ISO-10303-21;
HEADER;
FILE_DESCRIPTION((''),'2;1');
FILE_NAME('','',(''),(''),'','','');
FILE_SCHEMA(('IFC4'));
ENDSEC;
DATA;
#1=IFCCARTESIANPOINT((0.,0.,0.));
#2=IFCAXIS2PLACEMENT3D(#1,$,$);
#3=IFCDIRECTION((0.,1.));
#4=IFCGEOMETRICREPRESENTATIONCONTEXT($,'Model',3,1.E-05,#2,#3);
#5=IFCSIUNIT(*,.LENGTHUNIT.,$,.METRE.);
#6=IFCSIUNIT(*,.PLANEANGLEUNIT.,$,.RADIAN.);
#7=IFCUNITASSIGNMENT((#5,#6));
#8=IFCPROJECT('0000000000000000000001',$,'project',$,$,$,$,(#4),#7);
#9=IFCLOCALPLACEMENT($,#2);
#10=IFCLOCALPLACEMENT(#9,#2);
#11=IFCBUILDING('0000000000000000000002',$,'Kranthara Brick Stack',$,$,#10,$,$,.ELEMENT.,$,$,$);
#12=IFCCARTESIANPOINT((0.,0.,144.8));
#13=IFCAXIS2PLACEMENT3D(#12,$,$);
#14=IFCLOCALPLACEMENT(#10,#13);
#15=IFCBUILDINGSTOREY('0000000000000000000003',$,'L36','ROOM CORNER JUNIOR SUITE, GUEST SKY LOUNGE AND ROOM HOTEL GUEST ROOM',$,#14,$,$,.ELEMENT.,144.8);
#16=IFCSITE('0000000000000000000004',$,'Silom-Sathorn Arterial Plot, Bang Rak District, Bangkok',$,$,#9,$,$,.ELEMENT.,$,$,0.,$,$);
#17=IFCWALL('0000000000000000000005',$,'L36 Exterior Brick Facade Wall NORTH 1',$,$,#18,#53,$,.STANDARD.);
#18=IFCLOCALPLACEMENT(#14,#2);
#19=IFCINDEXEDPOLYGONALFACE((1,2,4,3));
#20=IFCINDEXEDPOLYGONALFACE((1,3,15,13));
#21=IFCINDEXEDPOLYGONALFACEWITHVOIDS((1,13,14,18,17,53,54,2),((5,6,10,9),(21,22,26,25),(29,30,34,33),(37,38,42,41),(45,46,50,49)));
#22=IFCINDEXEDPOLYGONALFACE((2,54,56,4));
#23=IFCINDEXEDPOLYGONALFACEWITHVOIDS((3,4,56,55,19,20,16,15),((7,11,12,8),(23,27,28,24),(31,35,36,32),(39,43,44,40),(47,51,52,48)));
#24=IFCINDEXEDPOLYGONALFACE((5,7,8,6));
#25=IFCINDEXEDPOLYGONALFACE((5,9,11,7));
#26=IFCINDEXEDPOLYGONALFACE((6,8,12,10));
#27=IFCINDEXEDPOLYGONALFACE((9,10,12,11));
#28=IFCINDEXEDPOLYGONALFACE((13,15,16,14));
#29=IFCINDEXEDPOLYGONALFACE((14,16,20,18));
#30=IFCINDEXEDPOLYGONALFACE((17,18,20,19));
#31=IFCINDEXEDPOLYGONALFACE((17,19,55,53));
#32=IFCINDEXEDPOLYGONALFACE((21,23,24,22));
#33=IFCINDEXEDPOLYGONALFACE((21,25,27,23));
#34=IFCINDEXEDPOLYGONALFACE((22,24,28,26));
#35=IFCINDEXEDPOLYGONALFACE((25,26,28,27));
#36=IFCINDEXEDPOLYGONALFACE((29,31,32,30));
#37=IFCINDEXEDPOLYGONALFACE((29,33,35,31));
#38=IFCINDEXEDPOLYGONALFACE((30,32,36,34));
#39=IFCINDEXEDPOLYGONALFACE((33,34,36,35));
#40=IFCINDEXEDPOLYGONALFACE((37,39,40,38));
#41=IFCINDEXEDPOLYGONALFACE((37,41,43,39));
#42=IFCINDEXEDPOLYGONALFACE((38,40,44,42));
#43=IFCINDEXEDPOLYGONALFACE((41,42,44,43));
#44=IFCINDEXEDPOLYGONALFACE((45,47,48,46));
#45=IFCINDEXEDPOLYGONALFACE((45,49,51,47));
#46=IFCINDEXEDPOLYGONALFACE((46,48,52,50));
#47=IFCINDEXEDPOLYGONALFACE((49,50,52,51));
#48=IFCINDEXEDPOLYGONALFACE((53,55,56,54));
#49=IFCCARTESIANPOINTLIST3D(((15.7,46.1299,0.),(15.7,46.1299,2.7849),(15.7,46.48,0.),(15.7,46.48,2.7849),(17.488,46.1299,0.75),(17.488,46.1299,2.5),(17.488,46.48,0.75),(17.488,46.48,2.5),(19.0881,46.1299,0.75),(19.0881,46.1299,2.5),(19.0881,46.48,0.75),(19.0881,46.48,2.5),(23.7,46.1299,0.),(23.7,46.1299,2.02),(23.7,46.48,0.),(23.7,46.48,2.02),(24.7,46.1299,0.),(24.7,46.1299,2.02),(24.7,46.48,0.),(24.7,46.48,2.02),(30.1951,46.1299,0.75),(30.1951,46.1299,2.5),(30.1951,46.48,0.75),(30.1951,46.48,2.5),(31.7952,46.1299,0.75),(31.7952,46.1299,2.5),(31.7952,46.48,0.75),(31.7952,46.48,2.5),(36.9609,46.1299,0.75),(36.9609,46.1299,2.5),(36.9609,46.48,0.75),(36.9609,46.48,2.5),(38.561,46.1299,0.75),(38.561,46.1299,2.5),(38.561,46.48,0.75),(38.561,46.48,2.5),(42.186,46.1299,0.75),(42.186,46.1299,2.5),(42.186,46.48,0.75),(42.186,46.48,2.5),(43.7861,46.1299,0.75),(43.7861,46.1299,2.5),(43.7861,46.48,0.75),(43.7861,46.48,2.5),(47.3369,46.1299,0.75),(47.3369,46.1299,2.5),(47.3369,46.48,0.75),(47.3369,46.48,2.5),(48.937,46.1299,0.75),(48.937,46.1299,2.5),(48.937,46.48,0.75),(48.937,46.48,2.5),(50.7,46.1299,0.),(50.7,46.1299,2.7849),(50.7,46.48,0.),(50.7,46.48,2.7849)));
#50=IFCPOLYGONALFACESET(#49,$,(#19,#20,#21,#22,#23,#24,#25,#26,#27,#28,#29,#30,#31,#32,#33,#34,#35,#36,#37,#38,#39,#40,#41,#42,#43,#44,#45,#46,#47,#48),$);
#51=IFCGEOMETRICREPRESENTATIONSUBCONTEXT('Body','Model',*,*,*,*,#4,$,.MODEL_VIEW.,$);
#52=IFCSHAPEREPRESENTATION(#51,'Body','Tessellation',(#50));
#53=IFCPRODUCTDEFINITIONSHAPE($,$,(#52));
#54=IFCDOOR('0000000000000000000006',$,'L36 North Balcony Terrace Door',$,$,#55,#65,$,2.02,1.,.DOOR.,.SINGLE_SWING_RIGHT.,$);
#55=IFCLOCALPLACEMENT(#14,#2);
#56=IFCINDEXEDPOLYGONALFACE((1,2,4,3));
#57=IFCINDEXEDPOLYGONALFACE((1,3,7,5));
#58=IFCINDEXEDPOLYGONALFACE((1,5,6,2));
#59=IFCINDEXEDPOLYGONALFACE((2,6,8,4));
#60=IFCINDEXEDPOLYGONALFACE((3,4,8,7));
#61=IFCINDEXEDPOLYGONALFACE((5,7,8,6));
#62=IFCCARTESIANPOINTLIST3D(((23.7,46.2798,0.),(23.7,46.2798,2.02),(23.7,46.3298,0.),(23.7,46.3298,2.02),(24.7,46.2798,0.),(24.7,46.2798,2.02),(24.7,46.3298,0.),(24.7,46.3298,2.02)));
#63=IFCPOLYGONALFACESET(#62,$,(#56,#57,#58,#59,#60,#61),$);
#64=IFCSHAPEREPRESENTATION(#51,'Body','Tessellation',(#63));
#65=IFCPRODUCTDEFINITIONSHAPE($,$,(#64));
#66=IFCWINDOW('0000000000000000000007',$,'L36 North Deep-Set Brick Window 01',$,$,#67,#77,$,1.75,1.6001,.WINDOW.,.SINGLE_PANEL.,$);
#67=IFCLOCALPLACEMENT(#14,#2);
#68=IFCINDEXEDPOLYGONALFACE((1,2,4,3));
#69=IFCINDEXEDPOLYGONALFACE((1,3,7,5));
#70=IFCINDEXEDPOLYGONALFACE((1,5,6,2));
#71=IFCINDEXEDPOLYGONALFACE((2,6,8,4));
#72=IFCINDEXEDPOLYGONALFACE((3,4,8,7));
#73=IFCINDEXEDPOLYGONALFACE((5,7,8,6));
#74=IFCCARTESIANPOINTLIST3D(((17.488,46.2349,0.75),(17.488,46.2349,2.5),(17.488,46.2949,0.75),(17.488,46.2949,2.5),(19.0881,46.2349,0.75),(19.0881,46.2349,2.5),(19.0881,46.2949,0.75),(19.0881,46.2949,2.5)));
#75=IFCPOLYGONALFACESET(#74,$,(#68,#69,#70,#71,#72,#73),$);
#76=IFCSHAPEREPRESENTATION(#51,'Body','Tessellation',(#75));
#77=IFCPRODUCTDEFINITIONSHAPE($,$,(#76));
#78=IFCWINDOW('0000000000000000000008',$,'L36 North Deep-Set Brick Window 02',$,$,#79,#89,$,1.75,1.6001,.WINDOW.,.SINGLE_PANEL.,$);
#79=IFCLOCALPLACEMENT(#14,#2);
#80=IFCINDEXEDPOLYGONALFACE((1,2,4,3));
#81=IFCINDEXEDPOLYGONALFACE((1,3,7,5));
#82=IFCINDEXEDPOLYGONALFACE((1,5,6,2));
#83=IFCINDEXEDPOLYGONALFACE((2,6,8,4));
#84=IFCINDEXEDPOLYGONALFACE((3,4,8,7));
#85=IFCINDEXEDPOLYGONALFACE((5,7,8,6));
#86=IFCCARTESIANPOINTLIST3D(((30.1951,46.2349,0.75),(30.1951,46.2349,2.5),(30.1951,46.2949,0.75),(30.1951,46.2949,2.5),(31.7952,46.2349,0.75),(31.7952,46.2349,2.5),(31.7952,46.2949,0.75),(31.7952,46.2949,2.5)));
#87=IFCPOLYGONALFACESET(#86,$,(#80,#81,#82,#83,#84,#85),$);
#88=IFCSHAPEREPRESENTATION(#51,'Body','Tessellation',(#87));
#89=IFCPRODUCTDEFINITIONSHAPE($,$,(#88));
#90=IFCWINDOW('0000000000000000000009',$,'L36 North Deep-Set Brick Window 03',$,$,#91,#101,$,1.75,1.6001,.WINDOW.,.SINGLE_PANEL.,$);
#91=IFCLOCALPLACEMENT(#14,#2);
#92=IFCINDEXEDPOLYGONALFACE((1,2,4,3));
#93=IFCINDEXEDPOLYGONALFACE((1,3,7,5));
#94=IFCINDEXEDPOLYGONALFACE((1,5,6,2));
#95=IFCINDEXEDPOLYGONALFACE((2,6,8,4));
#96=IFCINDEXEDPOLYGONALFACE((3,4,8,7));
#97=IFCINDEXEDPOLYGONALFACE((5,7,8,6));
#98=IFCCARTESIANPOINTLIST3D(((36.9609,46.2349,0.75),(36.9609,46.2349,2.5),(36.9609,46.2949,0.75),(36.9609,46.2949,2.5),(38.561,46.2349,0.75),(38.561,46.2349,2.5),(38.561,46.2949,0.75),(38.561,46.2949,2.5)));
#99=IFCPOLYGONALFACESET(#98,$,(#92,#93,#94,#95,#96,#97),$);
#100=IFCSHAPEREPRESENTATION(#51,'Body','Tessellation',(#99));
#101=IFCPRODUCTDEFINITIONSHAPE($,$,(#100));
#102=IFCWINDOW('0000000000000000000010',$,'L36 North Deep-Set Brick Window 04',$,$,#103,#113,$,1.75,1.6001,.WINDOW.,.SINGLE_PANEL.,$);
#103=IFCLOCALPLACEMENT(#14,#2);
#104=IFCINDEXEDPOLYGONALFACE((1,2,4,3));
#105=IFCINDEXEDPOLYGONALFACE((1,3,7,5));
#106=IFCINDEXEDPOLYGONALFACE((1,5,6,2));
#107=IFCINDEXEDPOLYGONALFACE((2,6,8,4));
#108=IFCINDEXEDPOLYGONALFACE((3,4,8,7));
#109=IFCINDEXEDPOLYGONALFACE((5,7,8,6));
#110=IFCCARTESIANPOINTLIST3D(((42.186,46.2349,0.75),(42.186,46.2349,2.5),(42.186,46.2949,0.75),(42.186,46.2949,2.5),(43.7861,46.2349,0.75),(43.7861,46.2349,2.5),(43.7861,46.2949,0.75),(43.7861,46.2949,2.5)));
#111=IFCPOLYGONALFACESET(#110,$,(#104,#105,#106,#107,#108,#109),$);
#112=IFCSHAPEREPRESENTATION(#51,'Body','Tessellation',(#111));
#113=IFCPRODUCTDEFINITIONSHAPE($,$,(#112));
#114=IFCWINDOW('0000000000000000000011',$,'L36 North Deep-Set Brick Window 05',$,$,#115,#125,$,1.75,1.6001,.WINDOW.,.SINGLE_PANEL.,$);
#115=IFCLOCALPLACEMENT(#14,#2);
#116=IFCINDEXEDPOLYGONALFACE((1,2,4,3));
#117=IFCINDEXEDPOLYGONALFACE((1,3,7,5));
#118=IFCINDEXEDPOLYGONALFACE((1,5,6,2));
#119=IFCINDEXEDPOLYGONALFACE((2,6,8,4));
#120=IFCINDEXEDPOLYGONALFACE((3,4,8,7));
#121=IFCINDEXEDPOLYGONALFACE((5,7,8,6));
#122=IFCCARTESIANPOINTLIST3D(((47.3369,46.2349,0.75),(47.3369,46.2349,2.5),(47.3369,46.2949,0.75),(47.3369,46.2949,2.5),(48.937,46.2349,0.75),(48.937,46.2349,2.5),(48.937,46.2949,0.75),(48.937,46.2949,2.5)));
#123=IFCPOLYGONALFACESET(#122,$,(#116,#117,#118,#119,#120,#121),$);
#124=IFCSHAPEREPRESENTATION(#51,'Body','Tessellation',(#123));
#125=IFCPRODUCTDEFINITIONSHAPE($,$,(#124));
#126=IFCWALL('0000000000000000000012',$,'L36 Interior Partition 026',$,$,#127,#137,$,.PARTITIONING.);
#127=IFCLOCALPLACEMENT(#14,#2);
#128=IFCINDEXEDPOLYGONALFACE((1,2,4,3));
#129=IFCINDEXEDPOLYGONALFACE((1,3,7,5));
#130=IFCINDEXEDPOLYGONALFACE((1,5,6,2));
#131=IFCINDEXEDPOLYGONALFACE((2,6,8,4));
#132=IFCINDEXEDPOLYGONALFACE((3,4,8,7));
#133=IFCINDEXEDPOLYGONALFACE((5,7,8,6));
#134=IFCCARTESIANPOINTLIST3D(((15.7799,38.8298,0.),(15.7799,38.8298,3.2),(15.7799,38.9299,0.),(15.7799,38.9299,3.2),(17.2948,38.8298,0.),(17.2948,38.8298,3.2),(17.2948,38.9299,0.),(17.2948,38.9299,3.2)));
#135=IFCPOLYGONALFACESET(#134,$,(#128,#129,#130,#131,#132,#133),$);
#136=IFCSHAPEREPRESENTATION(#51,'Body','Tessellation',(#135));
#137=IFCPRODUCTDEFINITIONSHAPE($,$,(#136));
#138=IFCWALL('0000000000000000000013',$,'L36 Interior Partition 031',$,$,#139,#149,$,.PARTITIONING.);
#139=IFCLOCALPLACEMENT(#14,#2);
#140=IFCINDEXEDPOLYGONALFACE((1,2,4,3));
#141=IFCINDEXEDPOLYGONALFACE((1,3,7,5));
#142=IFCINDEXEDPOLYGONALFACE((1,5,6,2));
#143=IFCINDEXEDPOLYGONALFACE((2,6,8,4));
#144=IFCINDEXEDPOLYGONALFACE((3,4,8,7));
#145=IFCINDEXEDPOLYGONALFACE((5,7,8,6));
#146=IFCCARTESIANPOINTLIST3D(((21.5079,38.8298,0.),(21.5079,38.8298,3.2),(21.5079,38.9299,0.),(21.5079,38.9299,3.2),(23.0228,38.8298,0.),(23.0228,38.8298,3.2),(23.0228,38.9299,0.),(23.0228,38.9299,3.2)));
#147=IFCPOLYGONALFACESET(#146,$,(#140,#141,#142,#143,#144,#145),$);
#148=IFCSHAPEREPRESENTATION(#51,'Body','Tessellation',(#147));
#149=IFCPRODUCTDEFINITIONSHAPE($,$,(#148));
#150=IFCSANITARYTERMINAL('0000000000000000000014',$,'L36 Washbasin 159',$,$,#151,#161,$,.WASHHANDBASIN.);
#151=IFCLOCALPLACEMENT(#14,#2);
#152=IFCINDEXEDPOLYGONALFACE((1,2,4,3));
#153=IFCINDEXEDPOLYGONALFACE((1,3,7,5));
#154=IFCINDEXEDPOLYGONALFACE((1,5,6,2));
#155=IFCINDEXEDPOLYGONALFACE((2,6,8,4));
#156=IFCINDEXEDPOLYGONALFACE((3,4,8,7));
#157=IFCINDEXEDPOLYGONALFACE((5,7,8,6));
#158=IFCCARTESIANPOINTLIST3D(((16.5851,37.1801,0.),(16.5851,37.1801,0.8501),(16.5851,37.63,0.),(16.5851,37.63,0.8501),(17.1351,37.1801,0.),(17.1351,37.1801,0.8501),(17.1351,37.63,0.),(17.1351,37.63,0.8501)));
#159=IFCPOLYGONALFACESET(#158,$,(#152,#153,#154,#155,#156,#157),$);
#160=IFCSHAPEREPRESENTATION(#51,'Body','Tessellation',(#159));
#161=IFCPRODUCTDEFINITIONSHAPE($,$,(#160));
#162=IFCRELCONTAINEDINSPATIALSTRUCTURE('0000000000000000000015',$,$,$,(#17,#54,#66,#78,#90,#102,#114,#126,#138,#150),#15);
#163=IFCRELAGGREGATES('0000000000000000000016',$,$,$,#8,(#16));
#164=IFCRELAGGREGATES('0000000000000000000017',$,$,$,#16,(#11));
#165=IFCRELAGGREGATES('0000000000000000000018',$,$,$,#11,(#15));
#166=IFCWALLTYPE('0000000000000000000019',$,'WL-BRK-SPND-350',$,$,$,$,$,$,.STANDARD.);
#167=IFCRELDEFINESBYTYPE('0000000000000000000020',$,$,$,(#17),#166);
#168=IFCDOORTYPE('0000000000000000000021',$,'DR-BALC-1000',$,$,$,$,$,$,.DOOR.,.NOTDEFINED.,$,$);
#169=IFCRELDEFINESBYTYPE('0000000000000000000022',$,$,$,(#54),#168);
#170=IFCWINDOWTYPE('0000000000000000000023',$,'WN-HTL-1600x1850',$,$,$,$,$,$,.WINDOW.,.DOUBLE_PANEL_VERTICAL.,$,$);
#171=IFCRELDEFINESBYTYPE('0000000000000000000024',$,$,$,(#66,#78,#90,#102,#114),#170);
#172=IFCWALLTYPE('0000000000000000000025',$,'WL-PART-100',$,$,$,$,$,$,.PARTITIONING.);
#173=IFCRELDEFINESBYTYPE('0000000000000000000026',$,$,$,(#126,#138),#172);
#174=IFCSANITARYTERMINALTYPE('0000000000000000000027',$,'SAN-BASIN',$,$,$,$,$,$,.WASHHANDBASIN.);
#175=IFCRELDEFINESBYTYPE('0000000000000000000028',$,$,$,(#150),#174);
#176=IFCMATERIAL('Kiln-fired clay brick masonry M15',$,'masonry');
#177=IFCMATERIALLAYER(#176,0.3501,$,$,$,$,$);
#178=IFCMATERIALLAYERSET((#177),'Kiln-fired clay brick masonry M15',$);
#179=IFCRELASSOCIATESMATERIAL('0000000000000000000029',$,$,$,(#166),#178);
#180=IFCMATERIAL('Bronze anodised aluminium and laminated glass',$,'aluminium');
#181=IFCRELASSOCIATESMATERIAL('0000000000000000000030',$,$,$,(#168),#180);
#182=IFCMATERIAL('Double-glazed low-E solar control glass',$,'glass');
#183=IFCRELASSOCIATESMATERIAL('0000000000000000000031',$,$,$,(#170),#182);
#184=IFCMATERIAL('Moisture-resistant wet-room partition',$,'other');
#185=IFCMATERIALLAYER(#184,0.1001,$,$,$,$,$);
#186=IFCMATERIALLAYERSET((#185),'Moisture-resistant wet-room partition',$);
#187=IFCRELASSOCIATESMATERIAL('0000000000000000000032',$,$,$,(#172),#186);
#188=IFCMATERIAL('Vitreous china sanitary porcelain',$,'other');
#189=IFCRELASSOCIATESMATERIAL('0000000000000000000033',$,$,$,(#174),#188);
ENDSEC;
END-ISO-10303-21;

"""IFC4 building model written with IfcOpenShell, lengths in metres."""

from ifc_helpers import new_model, si_unit, direction, frame, frame_2d, origin, origin_2d, place, context, subcontext, project, spatial, rectangle, extrude, material, layer, layer_set, type_object, element, fill, save


model = new_model("IFC4")

# Units and contexts
model_context = context("Model", 3, precision=1e-05, world=origin(), true_north=direction((0.0, 1.0)))
body_context = subcontext(model_context, "Body", "Model", "MODEL_VIEW")
ifc_project = project(units=[si_unit("LENGTHUNIT", "METRE"), si_unit("PLANEANGLEUNIT", "RADIAN")], contexts=[model_context])

# Site, building, storey
site_placement = place(None, origin())
site = spatial("IfcSite", under=ifc_project, at=site_placement, Name="Silom-Sathorn Arterial Plot, Bang Rak District, Bangkok", CompositionType="ELEMENT", RefElevation=0.0)
building_placement = place(site_placement, origin())
building = spatial("IfcBuilding", under=site, at=building_placement, Name="Kranthara Brick Stack", CompositionType="ELEMENT")
storey_placement = place(building_placement, frame((0.0, 0.0, 144.8)))
storey = spatial("IfcBuildingStorey", under=building, at=storey_placement, Name="L36", Description="ROOM CORNER JUNIOR SUITE, GUEST SKY LOUNGE AND ROOM HOTEL GUEST ROOM", CompositionType="ELEMENT", Elevation=144.8)

# Shared definitions
ifc_material_1 = material(Name="Kiln-fired clay brick masonry M15", Category="masonry")
ifc_layer_1 = layer(ifc_material_1, 0.3501)
ifc_layer_set_1 = layer_set([ifc_layer_1], Name="Kiln-fired clay brick masonry M15")
wall_type_1 = type_object("IfcWallType", Name="WL-BRK-SPND-350", PredefinedType="STANDARD", material=ifc_layer_set_1)

# Wall, openings, door, windows
wall_1_placement = place(storey_placement, frame((15.7, 46.3049, 0.0), z_axis=(0.0, 0.0, 1.0), x_axis=(1.0, 0.0, 0.0)))
wall_1 = element("IfcWall", 1, at=wall_1_placement, inside=storey, type_object=wall_type_1, Name="L36 Exterior Brick Facade Wall NORTH 1", PredefinedType="STANDARD", context=body_context, shape_type="SweptSolid", body=[
    extrude(rectangle(XDim=35.0, YDim=0.3501, at=frame_2d((17.5, 0.0))), origin(), (0.0, 0.0, 1.0), 2.7849),
])
opening_1_placement = place(wall_1_placement, frame((8.0, 0.0, 0.0)))
opening_1 = element("IfcOpeningElement", 2, at=opening_1_placement, cuts=wall_1, PredefinedType="OPENING", context=body_context, shape_type="SweptSolid", body=[
    extrude(rectangle(XDim=1.0, YDim=2.02, at=frame_2d((0.5, 1.01))), frame((0.0, 0.1851, 0.0), z_axis=(0.0, -1.0, 0.0), x_axis=(1.0, 0.0, 0.0)), (0.0, 0.0, 1.0), 0.3701),
])
opening_2_placement = place(wall_1_placement, frame((1.7881, 0.0, 0.75)))
opening_2 = element("IfcOpeningElement", 3, at=opening_2_placement, cuts=wall_1, PredefinedType="OPENING", context=body_context, shape_type="SweptSolid", body=[
    extrude(rectangle(XDim=1.6001, YDim=1.75, at=frame_2d((0.8, 0.875))), frame((0.0, 0.1851, 0.0), z_axis=(0.0, -1.0, 0.0), x_axis=(1.0, 0.0, 0.0)), (0.0, 0.0, 1.0), 0.3701),
])
opening_3_placement = place(wall_1_placement, frame((14.4951, 0.0, 0.75)))
opening_3 = element("IfcOpeningElement", 4, at=opening_3_placement, cuts=wall_1, PredefinedType="OPENING", context=body_context, shape_type="SweptSolid", body=[
    extrude(rectangle(XDim=1.6001, YDim=1.75, at=frame_2d((0.8, 0.875))), frame((0.0, 0.1851, 0.0), z_axis=(0.0, -1.0, 0.0), x_axis=(1.0, 0.0, 0.0)), (0.0, 0.0, 1.0), 0.3701),
])
opening_4_placement = place(wall_1_placement, frame((21.261, 0.0, 0.75)))
opening_4 = element("IfcOpeningElement", 5, at=opening_4_placement, cuts=wall_1, PredefinedType="OPENING", context=body_context, shape_type="SweptSolid", body=[
    extrude(rectangle(XDim=1.6001, YDim=1.75, at=frame_2d((0.8, 0.875))), frame((0.0, 0.1851, 0.0), z_axis=(0.0, -1.0, 0.0), x_axis=(1.0, 0.0, 0.0)), (0.0, 0.0, 1.0), 0.3701),
])
opening_5_placement = place(wall_1_placement, frame((26.4861, 0.0, 0.75)))
opening_5 = element("IfcOpeningElement", 6, at=opening_5_placement, cuts=wall_1, PredefinedType="OPENING", context=body_context, shape_type="SweptSolid", body=[
    extrude(rectangle(XDim=1.6001, YDim=1.75, at=frame_2d((0.8, 0.875))), frame((0.0, 0.1851, 0.0), z_axis=(0.0, -1.0, 0.0), x_axis=(1.0, 0.0, 0.0)), (0.0, 0.0, 1.0), 0.3701),
])
opening_6_placement = place(wall_1_placement, frame((31.637, 0.0, 0.75)))
opening_6 = element("IfcOpeningElement", 7, at=opening_6_placement, cuts=wall_1, PredefinedType="OPENING", context=body_context, shape_type="SweptSolid", body=[
    extrude(rectangle(XDim=1.6001, YDim=1.75, at=frame_2d((0.8, 0.875))), frame((0.0, 0.1851, 0.0), z_axis=(0.0, -1.0, 0.0), x_axis=(1.0, 0.0, 0.0)), (0.0, 0.0, 1.0), 0.3701),
])
ifc_material_2 = material(Name="Bronze anodised aluminium and laminated glass", Category="aluminium")
door_type = type_object("IfcDoorType", Name="DR-BALC-1000", OperationType="NOTDEFINED", PredefinedType="DOOR", material=ifc_material_2)
door_placement = place(opening_1_placement, origin())
door = element("IfcDoor", 8, at=door_placement, inside=storey, type_object=door_type, Name="L36 North Balcony Terrace Door", OperationType="SINGLE_SWING_RIGHT", OverallHeight=2.02, OverallWidth=1.0, PredefinedType="DOOR", context=body_context, shape_type="SweptSolid", body=[
    extrude(rectangle(XDim=1.0, YDim=2.02, at=frame_2d((0.5, 1.01))), frame((0.0, 0.0249, 0.0), z_axis=(0.0, -1.0, 0.0), x_axis=(1.0, 0.0, 0.0)), (0.0, 0.0, 1.0), 0.05),
])
fill(opening_1, door)
ifc_material_3 = material(Name="Double-glazed low-E solar control glass", Category="glass")
window_type_1 = type_object("IfcWindowType", Name="WN-HTL-1600x1850", PartitioningType="DOUBLE_PANEL_VERTICAL", PredefinedType="WINDOW", material=ifc_material_3)
window_1_placement = place(opening_2_placement, origin())
window_1 = element("IfcWindow", 9, at=window_1_placement, inside=storey, type_object=window_type_1, Name="L36 North Deep-Set Brick Window 01", OverallHeight=1.75, OverallWidth=1.6001, PartitioningType="SINGLE_PANEL", PredefinedType="WINDOW", context=body_context, shape_type="SweptSolid", body=[
    extrude(rectangle(XDim=1.6001, YDim=1.75, at=frame_2d((0.8, 0.875))), frame((0.0, -0.01, 0.0), z_axis=(0.0, -1.0, 0.0), x_axis=(1.0, 0.0, 0.0)), (0.0, 0.0, 1.0), 0.0601),
])
fill(opening_2, window_1)
window_2_placement = place(opening_3_placement, origin())
window_2 = element("IfcWindow", 10, at=window_2_placement, inside=storey, type_object=window_type_1, Name="L36 North Deep-Set Brick Window 02", OverallHeight=1.75, OverallWidth=1.6001, PartitioningType="SINGLE_PANEL", PredefinedType="WINDOW", context=body_context, shape_type="SweptSolid", body=[
    extrude(rectangle(XDim=1.6001, YDim=1.75, at=frame_2d((0.8, 0.875))), frame((0.0, -0.01, 0.0), z_axis=(0.0, -1.0, 0.0), x_axis=(1.0, 0.0, 0.0)), (0.0, 0.0, 1.0), 0.0601),
])
fill(opening_3, window_2)
window_3_placement = place(opening_4_placement, origin())
window_3 = element("IfcWindow", 11, at=window_3_placement, inside=storey, type_object=window_type_1, Name="L36 North Deep-Set Brick Window 03", OverallHeight=1.75, OverallWidth=1.6001, PartitioningType="SINGLE_PANEL", PredefinedType="WINDOW", context=body_context, shape_type="SweptSolid", body=[
    extrude(rectangle(XDim=1.6001, YDim=1.75, at=frame_2d((0.8, 0.875))), frame((0.0, -0.01, 0.0), z_axis=(0.0, -1.0, 0.0), x_axis=(1.0, 0.0, 0.0)), (0.0, 0.0, 1.0), 0.0601),
])
fill(opening_4, window_3)
window_4_placement = place(opening_5_placement, origin())
window_4 = element("IfcWindow", 12, at=window_4_placement, inside=storey, type_object=window_type_1, Name="L36 North Deep-Set Brick Window 04", OverallHeight=1.75, OverallWidth=1.6001, PartitioningType="SINGLE_PANEL", PredefinedType="WINDOW", context=body_context, shape_type="SweptSolid", body=[
    extrude(rectangle(XDim=1.6001, YDim=1.75, at=frame_2d((0.8, 0.875))), frame((0.0, -0.01, 0.0), z_axis=(0.0, -1.0, 0.0), x_axis=(1.0, 0.0, 0.0)), (0.0, 0.0, 1.0), 0.0601),
])
fill(opening_5, window_4)
window_5_placement = place(opening_6_placement, origin())
window_5 = element("IfcWindow", 13, at=window_5_placement, inside=storey, type_object=window_type_1, Name="L36 North Deep-Set Brick Window 05", OverallHeight=1.75, OverallWidth=1.6001, PartitioningType="SINGLE_PANEL", PredefinedType="WINDOW", context=body_context, shape_type="SweptSolid", body=[
    extrude(rectangle(XDim=1.6001, YDim=1.75, at=frame_2d((0.8, 0.875))), frame((0.0, -0.01, 0.0), z_axis=(0.0, -1.0, 0.0), x_axis=(1.0, 0.0, 0.0)), (0.0, 0.0, 1.0), 0.0601),
])
fill(opening_6, window_5)

# Walls
ifc_material_4 = material(Name="Moisture-resistant wet-room partition", Category="other")
ifc_layer_2 = layer(ifc_material_4, 0.1001)
ifc_layer_set_2 = layer_set([ifc_layer_2], Name="Moisture-resistant wet-room partition")
wall_type_2 = type_object("IfcWallType", Name="WL-PART-100", PredefinedType="PARTITIONING", material=ifc_layer_set_2)
for number, where, z_axis, x_axis, name in (
    (14, (15.78, 38.8799, 0.0), (0.0, 0.0, 1.0), (1.0, 0.0, 0.0), "L36 Interior Partition 026"),
    (15, (21.5081, 38.8799, 0.0), (0.0, 0.0, 1.0), (1.0, 0.0, 0.0), "L36 Interior Partition 031"),
):
    element("IfcWall", number, at=place(storey_placement, frame(where, z_axis=z_axis, x_axis=x_axis)), inside=storey, type_object=wall_type_2, Name=name, PredefinedType="PARTITIONING", context=body_context, shape_type="SweptSolid", body=[
        extrude(rectangle(XDim=1.5149, YDim=0.1001, at=frame_2d((0.7573, 0.0))), origin(), (0.0, 0.0, 1.0), 3.2),
    ])

# Sanitary terminal
ifc_material_5 = material(Name="Vitreous china sanitary porcelain", Category="other")
sanitary_terminal_type_1 = type_object("IfcSanitaryTerminalType", Name="SAN-BASIN", PredefinedType="WASHHANDBASIN", material=ifc_material_5)
for number, where, z_axis, x_axis, name in (
    (16, (16.8601, 37.405, 0.0), (0.0, 0.0, 1.0), (1.0, 0.0, 0.0), "L36 Washbasin 159"),
):
    element("IfcSanitaryTerminal", number, at=place(storey_placement, frame(where, z_axis=z_axis, x_axis=x_axis)), inside=storey, type_object=sanitary_terminal_type_1, Name=name, PredefinedType="WASHHANDBASIN", context=body_context, shape_type="SweptSolid", body=[
        extrude(rectangle(XDim=0.55, YDim=0.45, at=origin_2d()), origin(), (0.0, 0.0, 1.0), 0.8501),
    ])

save(model, "model.ifc")
